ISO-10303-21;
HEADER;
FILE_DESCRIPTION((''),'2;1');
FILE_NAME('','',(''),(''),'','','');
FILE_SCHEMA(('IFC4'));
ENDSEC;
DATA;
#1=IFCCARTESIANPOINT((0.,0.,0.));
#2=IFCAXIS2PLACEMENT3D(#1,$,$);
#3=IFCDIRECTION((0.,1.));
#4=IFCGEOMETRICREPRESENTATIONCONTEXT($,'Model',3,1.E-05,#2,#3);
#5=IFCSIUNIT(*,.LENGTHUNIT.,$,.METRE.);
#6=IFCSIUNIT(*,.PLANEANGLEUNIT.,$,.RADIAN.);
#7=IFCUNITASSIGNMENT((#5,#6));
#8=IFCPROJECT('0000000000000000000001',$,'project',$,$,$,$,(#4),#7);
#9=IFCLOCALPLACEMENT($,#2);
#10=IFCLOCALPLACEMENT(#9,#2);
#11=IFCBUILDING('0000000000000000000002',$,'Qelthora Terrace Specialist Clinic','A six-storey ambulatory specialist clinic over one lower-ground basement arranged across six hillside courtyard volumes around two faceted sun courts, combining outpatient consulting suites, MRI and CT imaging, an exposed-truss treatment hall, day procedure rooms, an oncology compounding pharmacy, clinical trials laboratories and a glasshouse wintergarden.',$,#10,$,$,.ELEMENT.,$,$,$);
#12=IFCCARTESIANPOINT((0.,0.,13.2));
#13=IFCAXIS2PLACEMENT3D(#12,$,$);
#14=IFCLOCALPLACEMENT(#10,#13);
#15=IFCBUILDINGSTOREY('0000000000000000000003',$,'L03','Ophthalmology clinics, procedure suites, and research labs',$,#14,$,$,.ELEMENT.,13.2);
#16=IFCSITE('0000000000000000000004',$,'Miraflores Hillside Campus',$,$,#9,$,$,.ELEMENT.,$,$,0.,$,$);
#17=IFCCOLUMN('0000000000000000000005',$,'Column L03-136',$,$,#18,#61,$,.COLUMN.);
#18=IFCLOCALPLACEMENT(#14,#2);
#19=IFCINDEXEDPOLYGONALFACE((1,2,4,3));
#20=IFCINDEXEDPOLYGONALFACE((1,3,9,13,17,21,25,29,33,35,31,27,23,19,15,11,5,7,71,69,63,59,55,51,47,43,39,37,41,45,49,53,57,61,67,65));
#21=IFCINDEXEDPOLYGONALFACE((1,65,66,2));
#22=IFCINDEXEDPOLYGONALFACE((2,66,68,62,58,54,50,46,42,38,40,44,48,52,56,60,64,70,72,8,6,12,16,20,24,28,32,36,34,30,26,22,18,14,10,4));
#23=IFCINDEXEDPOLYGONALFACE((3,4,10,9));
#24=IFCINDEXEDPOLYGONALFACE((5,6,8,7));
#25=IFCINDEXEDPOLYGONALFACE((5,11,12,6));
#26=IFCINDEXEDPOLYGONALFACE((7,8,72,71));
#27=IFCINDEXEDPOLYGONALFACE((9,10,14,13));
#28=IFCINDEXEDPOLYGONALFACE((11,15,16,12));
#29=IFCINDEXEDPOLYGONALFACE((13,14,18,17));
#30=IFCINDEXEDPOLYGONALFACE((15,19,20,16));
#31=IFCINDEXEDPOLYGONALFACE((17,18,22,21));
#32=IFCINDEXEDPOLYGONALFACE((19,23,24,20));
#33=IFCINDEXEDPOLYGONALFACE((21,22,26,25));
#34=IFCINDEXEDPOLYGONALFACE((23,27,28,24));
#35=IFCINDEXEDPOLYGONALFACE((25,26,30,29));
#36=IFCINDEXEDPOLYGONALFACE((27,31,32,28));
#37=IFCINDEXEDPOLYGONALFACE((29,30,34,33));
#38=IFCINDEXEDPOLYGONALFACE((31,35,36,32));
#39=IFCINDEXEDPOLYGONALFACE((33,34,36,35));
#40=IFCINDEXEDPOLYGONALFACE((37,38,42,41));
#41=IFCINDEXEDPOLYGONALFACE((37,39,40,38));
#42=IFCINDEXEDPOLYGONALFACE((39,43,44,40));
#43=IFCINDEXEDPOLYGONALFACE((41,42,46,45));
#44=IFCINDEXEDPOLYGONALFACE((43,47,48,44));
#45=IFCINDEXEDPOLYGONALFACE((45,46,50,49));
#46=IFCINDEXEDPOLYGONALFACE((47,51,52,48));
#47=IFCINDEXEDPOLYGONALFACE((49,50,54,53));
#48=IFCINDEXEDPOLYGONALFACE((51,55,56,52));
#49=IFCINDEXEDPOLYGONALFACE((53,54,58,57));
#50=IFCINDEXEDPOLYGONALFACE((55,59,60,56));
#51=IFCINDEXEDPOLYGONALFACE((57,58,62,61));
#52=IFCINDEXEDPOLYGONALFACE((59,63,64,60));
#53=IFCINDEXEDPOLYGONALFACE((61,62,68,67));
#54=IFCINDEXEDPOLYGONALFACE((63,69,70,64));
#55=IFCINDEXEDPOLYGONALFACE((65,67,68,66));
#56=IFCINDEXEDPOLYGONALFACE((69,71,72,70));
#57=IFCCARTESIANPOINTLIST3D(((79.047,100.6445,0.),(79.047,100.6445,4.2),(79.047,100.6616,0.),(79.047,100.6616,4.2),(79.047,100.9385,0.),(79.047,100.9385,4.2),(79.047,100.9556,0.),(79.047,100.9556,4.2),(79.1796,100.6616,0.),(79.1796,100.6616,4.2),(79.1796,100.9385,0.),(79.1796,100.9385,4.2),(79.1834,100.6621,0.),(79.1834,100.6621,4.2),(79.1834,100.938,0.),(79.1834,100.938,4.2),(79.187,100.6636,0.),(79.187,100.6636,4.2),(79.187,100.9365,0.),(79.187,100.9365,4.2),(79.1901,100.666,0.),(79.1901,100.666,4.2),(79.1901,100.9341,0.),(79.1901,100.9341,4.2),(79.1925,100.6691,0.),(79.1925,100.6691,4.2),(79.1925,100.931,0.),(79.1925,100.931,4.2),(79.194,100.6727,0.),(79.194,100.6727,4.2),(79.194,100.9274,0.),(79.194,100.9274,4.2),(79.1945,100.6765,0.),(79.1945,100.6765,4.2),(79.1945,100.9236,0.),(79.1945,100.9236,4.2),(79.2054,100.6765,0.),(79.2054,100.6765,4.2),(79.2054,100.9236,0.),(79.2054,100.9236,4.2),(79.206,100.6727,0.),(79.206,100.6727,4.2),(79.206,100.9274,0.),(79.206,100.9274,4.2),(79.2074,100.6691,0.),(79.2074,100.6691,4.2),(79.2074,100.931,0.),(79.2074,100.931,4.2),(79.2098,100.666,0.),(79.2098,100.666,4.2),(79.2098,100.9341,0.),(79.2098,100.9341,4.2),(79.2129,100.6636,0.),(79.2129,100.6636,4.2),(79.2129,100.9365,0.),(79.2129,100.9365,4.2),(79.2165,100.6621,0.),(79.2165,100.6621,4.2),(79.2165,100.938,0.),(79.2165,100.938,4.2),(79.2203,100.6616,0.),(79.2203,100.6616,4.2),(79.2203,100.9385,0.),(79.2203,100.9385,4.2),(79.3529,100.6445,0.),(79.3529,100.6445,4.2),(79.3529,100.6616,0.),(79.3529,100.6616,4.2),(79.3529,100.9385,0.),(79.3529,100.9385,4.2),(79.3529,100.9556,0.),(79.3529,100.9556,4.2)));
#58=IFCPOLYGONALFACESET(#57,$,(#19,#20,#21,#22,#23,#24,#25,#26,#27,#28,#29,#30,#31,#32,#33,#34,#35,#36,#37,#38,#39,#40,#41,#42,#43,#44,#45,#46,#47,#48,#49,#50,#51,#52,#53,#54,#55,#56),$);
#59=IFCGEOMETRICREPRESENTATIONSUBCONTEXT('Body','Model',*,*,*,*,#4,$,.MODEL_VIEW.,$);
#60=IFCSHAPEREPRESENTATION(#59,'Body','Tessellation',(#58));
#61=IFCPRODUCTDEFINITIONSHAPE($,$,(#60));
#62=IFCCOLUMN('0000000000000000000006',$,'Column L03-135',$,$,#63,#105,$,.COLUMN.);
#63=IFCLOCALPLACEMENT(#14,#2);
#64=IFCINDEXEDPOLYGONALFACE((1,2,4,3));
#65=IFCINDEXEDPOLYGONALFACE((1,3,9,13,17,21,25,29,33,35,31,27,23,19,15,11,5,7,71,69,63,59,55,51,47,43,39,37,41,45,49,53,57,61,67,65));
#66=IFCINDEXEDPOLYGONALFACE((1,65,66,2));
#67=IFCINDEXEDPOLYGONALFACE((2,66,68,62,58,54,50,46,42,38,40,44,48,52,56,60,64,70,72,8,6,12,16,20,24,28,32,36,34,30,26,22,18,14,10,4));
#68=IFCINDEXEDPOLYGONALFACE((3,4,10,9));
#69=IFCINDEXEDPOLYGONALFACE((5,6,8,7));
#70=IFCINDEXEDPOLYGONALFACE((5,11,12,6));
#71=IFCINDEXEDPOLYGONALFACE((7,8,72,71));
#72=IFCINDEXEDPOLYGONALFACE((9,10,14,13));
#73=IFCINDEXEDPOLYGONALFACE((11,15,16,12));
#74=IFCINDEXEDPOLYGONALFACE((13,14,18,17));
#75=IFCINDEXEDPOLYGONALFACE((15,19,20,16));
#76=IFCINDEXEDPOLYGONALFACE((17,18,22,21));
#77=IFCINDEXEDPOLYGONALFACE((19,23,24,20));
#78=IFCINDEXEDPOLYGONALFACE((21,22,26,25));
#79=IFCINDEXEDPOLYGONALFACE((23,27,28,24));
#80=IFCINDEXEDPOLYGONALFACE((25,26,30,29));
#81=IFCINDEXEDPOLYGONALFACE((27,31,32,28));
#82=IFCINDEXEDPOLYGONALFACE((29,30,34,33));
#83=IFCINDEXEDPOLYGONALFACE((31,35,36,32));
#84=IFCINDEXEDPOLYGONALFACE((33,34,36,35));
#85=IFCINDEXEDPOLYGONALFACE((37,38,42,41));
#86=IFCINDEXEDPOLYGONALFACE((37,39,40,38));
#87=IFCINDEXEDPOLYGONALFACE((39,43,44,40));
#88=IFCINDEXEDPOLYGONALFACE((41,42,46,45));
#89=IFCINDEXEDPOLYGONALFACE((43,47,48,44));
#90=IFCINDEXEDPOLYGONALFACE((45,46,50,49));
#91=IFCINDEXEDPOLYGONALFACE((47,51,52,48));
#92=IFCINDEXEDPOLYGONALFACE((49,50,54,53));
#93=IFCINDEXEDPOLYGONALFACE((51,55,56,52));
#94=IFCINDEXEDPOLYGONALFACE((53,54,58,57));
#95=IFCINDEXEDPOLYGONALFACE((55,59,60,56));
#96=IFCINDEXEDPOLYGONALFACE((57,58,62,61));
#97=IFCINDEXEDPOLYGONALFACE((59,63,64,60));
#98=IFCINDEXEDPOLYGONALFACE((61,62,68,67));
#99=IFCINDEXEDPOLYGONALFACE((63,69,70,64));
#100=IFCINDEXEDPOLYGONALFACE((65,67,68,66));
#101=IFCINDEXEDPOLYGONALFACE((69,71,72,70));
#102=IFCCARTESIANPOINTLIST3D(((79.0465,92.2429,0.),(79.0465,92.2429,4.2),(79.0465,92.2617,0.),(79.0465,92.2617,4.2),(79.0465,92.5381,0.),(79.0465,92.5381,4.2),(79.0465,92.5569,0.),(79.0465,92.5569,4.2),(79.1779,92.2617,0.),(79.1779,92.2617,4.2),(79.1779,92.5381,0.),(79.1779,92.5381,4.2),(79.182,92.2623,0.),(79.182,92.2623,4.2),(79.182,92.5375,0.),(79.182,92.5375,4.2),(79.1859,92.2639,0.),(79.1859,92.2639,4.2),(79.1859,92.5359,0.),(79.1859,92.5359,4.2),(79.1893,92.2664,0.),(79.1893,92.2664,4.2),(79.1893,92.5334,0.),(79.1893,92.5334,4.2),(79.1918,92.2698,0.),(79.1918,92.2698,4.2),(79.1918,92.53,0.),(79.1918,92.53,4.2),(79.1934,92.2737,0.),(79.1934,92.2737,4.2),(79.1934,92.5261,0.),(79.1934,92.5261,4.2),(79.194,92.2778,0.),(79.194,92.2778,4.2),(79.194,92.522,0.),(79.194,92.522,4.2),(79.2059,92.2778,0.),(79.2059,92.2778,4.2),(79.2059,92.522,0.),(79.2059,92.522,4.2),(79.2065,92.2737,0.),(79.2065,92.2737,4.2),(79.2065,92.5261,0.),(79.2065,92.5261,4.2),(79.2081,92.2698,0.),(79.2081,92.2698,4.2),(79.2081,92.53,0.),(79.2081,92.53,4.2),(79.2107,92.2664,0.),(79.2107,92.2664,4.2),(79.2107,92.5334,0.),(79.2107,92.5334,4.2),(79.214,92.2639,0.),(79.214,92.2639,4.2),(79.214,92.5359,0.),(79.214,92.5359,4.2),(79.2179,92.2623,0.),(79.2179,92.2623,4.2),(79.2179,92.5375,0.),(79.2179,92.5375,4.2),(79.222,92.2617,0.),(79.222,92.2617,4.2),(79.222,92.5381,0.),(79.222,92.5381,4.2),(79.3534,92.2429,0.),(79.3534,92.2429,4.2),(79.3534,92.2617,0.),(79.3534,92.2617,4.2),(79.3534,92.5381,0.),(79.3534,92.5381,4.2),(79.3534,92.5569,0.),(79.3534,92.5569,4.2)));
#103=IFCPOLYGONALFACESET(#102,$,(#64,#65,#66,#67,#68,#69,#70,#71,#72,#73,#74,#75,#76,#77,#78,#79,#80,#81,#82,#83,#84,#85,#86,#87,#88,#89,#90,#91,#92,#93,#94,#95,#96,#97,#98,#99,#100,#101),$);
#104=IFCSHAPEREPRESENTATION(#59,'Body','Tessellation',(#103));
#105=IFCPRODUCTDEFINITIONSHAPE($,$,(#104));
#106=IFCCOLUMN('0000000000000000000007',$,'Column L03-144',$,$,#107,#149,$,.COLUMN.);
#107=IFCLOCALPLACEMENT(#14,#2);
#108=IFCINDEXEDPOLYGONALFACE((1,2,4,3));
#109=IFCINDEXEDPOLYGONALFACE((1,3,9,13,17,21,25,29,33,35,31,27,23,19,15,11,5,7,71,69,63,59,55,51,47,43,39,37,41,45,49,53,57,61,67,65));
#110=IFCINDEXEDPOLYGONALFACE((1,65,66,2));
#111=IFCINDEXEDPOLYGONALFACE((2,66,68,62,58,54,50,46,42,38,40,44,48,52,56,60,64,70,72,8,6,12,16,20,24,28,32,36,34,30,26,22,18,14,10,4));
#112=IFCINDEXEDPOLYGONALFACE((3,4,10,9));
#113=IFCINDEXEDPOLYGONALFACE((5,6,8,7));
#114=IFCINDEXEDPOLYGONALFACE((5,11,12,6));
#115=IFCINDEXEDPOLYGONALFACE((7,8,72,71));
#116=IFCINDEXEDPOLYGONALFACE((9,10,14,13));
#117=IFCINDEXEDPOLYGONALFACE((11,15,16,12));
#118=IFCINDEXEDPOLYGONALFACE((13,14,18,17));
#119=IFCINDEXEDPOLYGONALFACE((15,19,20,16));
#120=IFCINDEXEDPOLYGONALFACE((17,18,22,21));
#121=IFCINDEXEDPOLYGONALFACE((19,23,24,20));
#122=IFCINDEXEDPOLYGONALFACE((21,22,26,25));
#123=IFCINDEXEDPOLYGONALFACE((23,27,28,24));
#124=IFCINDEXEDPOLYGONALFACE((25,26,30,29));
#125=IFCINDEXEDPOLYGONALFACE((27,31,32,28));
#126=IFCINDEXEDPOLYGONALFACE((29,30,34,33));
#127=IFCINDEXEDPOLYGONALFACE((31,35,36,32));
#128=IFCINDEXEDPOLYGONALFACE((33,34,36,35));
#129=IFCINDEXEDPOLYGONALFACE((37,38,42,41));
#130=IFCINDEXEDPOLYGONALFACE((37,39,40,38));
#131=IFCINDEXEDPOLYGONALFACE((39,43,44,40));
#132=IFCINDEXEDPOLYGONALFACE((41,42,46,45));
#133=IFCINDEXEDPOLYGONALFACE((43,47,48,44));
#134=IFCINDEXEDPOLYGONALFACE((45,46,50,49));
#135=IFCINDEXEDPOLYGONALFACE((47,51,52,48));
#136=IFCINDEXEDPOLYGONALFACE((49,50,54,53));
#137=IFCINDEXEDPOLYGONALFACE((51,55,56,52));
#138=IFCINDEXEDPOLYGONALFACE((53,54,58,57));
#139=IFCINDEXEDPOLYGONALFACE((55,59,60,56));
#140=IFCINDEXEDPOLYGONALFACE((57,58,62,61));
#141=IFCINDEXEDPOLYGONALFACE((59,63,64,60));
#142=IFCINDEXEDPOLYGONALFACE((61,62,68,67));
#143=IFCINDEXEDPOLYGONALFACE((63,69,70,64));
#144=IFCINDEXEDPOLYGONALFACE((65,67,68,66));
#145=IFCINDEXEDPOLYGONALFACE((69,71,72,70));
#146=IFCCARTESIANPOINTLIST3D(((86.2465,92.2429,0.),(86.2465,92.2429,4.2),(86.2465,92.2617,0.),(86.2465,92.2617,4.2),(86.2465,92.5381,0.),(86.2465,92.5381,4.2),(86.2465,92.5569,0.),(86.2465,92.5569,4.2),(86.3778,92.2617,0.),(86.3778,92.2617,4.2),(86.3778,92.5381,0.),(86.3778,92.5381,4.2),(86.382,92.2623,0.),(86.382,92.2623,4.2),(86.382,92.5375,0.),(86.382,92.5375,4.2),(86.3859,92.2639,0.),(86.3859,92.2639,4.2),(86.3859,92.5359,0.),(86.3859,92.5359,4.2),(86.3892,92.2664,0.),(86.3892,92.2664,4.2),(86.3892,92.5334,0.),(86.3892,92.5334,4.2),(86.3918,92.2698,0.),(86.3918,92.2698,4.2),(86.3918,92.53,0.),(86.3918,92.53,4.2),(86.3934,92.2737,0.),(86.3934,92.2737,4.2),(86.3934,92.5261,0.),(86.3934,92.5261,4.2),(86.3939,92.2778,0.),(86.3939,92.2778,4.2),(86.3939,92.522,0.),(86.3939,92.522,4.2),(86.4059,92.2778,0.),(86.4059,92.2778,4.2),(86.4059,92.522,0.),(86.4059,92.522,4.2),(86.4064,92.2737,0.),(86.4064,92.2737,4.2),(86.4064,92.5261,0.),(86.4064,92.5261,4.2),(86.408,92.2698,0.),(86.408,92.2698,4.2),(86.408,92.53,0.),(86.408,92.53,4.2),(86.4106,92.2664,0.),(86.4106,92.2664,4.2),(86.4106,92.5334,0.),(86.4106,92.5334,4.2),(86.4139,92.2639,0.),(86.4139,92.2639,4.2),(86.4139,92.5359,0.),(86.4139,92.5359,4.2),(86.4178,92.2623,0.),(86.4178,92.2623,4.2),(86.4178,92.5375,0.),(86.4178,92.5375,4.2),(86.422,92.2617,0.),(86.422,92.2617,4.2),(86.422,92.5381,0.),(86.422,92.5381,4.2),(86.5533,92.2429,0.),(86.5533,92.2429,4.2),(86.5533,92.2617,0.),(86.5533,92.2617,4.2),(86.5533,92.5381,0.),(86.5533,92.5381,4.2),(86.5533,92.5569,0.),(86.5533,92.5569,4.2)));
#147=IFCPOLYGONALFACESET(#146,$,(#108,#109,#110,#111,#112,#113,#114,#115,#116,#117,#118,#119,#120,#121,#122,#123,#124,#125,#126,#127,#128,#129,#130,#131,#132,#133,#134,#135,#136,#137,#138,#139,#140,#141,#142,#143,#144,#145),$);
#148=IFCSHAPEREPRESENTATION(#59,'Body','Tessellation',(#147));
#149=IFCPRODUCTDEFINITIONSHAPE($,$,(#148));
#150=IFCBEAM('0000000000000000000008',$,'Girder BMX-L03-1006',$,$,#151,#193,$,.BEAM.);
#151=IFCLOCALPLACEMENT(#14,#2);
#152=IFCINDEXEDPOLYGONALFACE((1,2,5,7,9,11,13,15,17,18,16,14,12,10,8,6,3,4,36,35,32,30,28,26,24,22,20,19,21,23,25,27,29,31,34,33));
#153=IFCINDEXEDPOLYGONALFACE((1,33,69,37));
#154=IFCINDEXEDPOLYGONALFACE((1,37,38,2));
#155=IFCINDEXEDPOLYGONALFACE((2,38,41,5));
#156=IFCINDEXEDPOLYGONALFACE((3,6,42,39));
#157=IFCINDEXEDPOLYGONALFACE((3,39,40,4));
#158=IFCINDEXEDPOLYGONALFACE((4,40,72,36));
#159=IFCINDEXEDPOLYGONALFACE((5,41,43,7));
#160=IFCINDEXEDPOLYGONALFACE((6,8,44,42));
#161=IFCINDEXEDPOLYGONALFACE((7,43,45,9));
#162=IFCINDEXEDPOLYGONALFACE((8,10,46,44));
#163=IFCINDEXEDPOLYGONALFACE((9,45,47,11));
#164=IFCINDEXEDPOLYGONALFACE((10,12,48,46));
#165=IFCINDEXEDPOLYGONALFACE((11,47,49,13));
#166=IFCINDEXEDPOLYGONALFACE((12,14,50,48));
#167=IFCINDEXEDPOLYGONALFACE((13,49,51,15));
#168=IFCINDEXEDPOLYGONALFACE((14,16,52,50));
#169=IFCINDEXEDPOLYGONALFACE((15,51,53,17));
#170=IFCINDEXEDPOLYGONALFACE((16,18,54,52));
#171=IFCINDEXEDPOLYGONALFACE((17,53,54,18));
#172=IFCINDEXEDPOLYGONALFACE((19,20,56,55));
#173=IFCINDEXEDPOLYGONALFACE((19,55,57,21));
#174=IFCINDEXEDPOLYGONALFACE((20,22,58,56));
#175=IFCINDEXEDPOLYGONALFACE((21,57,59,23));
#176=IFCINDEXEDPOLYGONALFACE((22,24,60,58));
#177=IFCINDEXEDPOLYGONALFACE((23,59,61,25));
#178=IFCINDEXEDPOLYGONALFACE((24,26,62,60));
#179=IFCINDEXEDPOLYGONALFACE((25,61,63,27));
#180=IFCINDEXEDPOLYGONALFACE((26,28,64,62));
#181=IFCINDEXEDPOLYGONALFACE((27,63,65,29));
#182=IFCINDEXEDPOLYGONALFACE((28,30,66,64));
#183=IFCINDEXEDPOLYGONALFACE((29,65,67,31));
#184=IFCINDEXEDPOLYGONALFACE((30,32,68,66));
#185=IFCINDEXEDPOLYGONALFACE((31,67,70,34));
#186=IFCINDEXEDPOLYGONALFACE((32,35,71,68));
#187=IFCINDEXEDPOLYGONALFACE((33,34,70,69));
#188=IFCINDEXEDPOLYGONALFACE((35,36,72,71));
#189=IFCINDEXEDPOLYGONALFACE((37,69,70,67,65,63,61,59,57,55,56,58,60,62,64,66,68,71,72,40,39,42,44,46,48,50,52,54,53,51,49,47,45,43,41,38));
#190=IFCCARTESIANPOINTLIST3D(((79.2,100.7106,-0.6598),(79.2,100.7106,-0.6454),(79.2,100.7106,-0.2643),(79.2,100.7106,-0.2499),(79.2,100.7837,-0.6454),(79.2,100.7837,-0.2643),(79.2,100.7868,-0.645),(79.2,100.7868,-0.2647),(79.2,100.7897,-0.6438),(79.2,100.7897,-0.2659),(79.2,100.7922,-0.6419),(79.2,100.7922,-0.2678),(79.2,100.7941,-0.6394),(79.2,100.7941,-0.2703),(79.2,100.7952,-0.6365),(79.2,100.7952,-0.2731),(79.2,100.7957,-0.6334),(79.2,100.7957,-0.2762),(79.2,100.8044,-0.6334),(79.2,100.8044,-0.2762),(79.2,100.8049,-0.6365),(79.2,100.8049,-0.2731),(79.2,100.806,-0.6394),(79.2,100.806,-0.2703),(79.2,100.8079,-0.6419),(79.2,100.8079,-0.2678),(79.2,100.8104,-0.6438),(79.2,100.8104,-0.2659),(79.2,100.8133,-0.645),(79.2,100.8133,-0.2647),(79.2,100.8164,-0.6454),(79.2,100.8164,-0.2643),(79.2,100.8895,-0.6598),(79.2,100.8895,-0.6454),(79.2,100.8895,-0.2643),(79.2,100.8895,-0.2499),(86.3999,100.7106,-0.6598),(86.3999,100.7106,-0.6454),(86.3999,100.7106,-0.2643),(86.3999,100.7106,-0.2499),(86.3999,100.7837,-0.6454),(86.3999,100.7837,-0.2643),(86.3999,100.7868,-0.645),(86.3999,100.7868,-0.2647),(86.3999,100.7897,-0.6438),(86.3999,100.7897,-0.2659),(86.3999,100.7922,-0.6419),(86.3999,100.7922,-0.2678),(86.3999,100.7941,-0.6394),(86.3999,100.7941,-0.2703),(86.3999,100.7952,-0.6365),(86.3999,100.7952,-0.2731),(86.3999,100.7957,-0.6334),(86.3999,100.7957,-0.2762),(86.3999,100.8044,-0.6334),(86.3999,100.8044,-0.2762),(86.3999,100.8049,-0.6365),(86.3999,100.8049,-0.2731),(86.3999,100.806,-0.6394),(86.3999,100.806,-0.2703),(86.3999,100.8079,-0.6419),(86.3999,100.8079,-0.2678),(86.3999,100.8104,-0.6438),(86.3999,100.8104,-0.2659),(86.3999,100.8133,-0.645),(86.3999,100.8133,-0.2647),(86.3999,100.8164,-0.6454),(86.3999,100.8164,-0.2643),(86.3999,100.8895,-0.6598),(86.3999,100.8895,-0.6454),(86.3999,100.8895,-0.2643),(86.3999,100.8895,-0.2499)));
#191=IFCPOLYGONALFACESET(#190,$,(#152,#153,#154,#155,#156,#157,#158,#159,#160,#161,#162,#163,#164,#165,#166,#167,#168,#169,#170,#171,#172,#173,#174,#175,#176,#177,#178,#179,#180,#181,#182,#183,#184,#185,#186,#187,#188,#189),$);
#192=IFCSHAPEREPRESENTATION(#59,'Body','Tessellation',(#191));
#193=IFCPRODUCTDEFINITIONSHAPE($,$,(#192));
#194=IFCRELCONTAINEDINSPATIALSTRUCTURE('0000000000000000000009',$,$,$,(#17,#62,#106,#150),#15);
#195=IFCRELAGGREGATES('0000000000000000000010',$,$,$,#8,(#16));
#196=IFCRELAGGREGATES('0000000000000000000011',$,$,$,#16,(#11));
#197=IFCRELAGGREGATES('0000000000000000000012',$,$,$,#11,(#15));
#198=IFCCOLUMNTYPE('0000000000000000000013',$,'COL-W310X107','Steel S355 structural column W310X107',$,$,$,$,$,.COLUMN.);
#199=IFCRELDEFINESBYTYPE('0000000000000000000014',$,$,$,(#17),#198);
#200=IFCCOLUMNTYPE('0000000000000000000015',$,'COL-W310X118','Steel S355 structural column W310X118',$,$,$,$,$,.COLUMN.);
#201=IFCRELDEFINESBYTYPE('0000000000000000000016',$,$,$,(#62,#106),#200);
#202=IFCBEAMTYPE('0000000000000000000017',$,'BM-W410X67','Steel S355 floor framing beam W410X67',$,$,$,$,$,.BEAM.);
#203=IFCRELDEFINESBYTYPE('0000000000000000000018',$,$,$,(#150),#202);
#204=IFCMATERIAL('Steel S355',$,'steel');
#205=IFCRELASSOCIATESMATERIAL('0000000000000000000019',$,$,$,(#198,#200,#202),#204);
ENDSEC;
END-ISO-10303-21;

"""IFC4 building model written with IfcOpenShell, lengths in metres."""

from ifc_helpers import new_model, si_unit, direction, frame, origin, origin_2d, place, context, subcontext, project, spatial, i_section, extrude, material, material_profile, profile_set, type_object, element, save


model = new_model("IFC4")

# Units and contexts
model_context = context("Model", 3, precision=1e-05, world=origin(), true_north=direction((0.0, 1.0)))
body_context = subcontext(model_context, "Body", "Model", "MODEL_VIEW")
ifc_project = project(units=[si_unit("LENGTHUNIT", "METRE"), si_unit("PLANEANGLEUNIT", "RADIAN")], contexts=[model_context])

# Site, building, storey
site_placement = place(None, origin())
site = spatial("IfcSite", under=ifc_project, at=site_placement, Name="Miraflores Hillside Campus", CompositionType="ELEMENT", RefElevation=0.0)
building_placement = place(site_placement, origin())
building = spatial("IfcBuilding", under=site, at=building_placement, Name="Qelthora Terrace Specialist Clinic", Description="A six-storey ambulatory specialist clinic over one lower-ground basement arranged across six hillside courtyard volumes around two faceted sun courts, combining outpatient consulting suites, MRI and CT imaging, an exposed-truss treatment hall, day procedure rooms, an oncology compounding pharmacy, clinical trials laboratories and a glasshouse wintergarden.", CompositionType="ELEMENT")
storey_placement = place(building_placement, frame((0.0, 0.0, 13.2)))
storey = spatial("IfcBuildingStorey", under=building, at=storey_placement, Name="L03", Description="Ophthalmology clinics, procedure suites, and research labs", CompositionType="ELEMENT", Elevation=13.2)

# Columns
ifc_material_1 = material(Name="Steel S355", Category="steel")
ifc_material_profile_1 = material_profile(ifc_material_1, i_section(OverallWidth=0.3059, OverallDepth=0.311, WebThickness=0.011, FlangeThickness=0.0171, FilletRadius=0.0149, at=origin_2d()), Name="W310X107")
ifc_profile_set_1 = profile_set([ifc_material_profile_1], Name="Steel S355")
column_type_1 = type_object("IfcColumnType", Name="COL-W310X107", Description="Steel S355 structural column W310X107", PredefinedType="COLUMN", material=ifc_profile_set_1)
column_placement = place(storey_placement, frame((79.2, 100.8, 0.0), z_axis=(0.0, 0.0, 1.0), x_axis=(1.0, 0.0, 0.0)))
element("IfcColumn", 1, at=column_placement, inside=storey, type_object=column_type_1, Name="Column L03-136", PredefinedType="COLUMN", context=body_context, shape_type="SweptSolid", body=[
    extrude(i_section(OverallWidth=0.3059, OverallDepth=0.311, WebThickness=0.011, FlangeThickness=0.0171, FilletRadius=0.0149, at=origin_2d()), origin(), (0.0, 0.0, 1.0), 4.2),
])
ifc_material_profile_2 = material_profile(ifc_material_1, i_section(OverallWidth=0.3069, OverallDepth=0.314, WebThickness=0.012, FlangeThickness=0.0188, FilletRadius=0.0161, at=origin_2d()), Name="W310X118")
ifc_profile_set_2 = profile_set([ifc_material_profile_2], Name="Steel S355")
column_type_2 = type_object("IfcColumnType", Name="COL-W310X118", Description="Steel S355 structural column W310X118", PredefinedType="COLUMN", material=ifc_profile_set_2)
for number, where, z_axis, x_axis, name in (
    (2, (79.2, 92.3999, 0.0), (0.0, 0.0, 1.0), (1.0, 0.0, 0.0), "Column L03-135"),
    (3, (86.3999, 92.3999, 0.0), (0.0, 0.0, 1.0), (1.0, 0.0, 0.0), "Column L03-144"),
):
    element("IfcColumn", number, at=place(storey_placement, frame(where, z_axis=z_axis, x_axis=x_axis)), inside=storey, type_object=column_type_2, Name=name, PredefinedType="COLUMN", context=body_context, shape_type="SweptSolid", body=[
        extrude(i_section(OverallWidth=0.3069, OverallDepth=0.314, WebThickness=0.012, FlangeThickness=0.0188, FilletRadius=0.0161, at=origin_2d()), origin(), (0.0, 0.0, 1.0), 4.2),
    ])

# Beam
ifc_material_profile_3 = material_profile(ifc_material_1, i_section(OverallWidth=0.179, OverallDepth=0.4099, WebThickness=0.0088, FlangeThickness=0.0144, FilletRadius=0.012, at=origin_2d()), Name="W410X67")
ifc_profile_set_3 = profile_set([ifc_material_profile_3], Name="Steel S355")
beam_type_1 = type_object("IfcBeamType", Name="BM-W410X67", Description="Steel S355 floor framing beam W410X67", PredefinedType="BEAM", material=ifc_profile_set_3)
beam_1_placement = place(storey_placement, frame((79.2, 100.8, -0.4548), z_axis=(1.0, 0.0, 0.0), x_axis=(0.0, 1.0, 0.0)))
element("IfcBeam", 4, at=beam_1_placement, inside=storey, type_object=beam_type_1, Name="Girder BMX-L03-1006", PredefinedType="BEAM", context=body_context, shape_type="SweptSolid", body=[
    extrude(i_section(OverallWidth=0.179, OverallDepth=0.4099, WebThickness=0.0088, FlangeThickness=0.0144, FilletRadius=0.012, at=origin_2d()), origin(), (0.0, 0.0, 1.0), 7.2),
])

save(model, "model.ifc")
